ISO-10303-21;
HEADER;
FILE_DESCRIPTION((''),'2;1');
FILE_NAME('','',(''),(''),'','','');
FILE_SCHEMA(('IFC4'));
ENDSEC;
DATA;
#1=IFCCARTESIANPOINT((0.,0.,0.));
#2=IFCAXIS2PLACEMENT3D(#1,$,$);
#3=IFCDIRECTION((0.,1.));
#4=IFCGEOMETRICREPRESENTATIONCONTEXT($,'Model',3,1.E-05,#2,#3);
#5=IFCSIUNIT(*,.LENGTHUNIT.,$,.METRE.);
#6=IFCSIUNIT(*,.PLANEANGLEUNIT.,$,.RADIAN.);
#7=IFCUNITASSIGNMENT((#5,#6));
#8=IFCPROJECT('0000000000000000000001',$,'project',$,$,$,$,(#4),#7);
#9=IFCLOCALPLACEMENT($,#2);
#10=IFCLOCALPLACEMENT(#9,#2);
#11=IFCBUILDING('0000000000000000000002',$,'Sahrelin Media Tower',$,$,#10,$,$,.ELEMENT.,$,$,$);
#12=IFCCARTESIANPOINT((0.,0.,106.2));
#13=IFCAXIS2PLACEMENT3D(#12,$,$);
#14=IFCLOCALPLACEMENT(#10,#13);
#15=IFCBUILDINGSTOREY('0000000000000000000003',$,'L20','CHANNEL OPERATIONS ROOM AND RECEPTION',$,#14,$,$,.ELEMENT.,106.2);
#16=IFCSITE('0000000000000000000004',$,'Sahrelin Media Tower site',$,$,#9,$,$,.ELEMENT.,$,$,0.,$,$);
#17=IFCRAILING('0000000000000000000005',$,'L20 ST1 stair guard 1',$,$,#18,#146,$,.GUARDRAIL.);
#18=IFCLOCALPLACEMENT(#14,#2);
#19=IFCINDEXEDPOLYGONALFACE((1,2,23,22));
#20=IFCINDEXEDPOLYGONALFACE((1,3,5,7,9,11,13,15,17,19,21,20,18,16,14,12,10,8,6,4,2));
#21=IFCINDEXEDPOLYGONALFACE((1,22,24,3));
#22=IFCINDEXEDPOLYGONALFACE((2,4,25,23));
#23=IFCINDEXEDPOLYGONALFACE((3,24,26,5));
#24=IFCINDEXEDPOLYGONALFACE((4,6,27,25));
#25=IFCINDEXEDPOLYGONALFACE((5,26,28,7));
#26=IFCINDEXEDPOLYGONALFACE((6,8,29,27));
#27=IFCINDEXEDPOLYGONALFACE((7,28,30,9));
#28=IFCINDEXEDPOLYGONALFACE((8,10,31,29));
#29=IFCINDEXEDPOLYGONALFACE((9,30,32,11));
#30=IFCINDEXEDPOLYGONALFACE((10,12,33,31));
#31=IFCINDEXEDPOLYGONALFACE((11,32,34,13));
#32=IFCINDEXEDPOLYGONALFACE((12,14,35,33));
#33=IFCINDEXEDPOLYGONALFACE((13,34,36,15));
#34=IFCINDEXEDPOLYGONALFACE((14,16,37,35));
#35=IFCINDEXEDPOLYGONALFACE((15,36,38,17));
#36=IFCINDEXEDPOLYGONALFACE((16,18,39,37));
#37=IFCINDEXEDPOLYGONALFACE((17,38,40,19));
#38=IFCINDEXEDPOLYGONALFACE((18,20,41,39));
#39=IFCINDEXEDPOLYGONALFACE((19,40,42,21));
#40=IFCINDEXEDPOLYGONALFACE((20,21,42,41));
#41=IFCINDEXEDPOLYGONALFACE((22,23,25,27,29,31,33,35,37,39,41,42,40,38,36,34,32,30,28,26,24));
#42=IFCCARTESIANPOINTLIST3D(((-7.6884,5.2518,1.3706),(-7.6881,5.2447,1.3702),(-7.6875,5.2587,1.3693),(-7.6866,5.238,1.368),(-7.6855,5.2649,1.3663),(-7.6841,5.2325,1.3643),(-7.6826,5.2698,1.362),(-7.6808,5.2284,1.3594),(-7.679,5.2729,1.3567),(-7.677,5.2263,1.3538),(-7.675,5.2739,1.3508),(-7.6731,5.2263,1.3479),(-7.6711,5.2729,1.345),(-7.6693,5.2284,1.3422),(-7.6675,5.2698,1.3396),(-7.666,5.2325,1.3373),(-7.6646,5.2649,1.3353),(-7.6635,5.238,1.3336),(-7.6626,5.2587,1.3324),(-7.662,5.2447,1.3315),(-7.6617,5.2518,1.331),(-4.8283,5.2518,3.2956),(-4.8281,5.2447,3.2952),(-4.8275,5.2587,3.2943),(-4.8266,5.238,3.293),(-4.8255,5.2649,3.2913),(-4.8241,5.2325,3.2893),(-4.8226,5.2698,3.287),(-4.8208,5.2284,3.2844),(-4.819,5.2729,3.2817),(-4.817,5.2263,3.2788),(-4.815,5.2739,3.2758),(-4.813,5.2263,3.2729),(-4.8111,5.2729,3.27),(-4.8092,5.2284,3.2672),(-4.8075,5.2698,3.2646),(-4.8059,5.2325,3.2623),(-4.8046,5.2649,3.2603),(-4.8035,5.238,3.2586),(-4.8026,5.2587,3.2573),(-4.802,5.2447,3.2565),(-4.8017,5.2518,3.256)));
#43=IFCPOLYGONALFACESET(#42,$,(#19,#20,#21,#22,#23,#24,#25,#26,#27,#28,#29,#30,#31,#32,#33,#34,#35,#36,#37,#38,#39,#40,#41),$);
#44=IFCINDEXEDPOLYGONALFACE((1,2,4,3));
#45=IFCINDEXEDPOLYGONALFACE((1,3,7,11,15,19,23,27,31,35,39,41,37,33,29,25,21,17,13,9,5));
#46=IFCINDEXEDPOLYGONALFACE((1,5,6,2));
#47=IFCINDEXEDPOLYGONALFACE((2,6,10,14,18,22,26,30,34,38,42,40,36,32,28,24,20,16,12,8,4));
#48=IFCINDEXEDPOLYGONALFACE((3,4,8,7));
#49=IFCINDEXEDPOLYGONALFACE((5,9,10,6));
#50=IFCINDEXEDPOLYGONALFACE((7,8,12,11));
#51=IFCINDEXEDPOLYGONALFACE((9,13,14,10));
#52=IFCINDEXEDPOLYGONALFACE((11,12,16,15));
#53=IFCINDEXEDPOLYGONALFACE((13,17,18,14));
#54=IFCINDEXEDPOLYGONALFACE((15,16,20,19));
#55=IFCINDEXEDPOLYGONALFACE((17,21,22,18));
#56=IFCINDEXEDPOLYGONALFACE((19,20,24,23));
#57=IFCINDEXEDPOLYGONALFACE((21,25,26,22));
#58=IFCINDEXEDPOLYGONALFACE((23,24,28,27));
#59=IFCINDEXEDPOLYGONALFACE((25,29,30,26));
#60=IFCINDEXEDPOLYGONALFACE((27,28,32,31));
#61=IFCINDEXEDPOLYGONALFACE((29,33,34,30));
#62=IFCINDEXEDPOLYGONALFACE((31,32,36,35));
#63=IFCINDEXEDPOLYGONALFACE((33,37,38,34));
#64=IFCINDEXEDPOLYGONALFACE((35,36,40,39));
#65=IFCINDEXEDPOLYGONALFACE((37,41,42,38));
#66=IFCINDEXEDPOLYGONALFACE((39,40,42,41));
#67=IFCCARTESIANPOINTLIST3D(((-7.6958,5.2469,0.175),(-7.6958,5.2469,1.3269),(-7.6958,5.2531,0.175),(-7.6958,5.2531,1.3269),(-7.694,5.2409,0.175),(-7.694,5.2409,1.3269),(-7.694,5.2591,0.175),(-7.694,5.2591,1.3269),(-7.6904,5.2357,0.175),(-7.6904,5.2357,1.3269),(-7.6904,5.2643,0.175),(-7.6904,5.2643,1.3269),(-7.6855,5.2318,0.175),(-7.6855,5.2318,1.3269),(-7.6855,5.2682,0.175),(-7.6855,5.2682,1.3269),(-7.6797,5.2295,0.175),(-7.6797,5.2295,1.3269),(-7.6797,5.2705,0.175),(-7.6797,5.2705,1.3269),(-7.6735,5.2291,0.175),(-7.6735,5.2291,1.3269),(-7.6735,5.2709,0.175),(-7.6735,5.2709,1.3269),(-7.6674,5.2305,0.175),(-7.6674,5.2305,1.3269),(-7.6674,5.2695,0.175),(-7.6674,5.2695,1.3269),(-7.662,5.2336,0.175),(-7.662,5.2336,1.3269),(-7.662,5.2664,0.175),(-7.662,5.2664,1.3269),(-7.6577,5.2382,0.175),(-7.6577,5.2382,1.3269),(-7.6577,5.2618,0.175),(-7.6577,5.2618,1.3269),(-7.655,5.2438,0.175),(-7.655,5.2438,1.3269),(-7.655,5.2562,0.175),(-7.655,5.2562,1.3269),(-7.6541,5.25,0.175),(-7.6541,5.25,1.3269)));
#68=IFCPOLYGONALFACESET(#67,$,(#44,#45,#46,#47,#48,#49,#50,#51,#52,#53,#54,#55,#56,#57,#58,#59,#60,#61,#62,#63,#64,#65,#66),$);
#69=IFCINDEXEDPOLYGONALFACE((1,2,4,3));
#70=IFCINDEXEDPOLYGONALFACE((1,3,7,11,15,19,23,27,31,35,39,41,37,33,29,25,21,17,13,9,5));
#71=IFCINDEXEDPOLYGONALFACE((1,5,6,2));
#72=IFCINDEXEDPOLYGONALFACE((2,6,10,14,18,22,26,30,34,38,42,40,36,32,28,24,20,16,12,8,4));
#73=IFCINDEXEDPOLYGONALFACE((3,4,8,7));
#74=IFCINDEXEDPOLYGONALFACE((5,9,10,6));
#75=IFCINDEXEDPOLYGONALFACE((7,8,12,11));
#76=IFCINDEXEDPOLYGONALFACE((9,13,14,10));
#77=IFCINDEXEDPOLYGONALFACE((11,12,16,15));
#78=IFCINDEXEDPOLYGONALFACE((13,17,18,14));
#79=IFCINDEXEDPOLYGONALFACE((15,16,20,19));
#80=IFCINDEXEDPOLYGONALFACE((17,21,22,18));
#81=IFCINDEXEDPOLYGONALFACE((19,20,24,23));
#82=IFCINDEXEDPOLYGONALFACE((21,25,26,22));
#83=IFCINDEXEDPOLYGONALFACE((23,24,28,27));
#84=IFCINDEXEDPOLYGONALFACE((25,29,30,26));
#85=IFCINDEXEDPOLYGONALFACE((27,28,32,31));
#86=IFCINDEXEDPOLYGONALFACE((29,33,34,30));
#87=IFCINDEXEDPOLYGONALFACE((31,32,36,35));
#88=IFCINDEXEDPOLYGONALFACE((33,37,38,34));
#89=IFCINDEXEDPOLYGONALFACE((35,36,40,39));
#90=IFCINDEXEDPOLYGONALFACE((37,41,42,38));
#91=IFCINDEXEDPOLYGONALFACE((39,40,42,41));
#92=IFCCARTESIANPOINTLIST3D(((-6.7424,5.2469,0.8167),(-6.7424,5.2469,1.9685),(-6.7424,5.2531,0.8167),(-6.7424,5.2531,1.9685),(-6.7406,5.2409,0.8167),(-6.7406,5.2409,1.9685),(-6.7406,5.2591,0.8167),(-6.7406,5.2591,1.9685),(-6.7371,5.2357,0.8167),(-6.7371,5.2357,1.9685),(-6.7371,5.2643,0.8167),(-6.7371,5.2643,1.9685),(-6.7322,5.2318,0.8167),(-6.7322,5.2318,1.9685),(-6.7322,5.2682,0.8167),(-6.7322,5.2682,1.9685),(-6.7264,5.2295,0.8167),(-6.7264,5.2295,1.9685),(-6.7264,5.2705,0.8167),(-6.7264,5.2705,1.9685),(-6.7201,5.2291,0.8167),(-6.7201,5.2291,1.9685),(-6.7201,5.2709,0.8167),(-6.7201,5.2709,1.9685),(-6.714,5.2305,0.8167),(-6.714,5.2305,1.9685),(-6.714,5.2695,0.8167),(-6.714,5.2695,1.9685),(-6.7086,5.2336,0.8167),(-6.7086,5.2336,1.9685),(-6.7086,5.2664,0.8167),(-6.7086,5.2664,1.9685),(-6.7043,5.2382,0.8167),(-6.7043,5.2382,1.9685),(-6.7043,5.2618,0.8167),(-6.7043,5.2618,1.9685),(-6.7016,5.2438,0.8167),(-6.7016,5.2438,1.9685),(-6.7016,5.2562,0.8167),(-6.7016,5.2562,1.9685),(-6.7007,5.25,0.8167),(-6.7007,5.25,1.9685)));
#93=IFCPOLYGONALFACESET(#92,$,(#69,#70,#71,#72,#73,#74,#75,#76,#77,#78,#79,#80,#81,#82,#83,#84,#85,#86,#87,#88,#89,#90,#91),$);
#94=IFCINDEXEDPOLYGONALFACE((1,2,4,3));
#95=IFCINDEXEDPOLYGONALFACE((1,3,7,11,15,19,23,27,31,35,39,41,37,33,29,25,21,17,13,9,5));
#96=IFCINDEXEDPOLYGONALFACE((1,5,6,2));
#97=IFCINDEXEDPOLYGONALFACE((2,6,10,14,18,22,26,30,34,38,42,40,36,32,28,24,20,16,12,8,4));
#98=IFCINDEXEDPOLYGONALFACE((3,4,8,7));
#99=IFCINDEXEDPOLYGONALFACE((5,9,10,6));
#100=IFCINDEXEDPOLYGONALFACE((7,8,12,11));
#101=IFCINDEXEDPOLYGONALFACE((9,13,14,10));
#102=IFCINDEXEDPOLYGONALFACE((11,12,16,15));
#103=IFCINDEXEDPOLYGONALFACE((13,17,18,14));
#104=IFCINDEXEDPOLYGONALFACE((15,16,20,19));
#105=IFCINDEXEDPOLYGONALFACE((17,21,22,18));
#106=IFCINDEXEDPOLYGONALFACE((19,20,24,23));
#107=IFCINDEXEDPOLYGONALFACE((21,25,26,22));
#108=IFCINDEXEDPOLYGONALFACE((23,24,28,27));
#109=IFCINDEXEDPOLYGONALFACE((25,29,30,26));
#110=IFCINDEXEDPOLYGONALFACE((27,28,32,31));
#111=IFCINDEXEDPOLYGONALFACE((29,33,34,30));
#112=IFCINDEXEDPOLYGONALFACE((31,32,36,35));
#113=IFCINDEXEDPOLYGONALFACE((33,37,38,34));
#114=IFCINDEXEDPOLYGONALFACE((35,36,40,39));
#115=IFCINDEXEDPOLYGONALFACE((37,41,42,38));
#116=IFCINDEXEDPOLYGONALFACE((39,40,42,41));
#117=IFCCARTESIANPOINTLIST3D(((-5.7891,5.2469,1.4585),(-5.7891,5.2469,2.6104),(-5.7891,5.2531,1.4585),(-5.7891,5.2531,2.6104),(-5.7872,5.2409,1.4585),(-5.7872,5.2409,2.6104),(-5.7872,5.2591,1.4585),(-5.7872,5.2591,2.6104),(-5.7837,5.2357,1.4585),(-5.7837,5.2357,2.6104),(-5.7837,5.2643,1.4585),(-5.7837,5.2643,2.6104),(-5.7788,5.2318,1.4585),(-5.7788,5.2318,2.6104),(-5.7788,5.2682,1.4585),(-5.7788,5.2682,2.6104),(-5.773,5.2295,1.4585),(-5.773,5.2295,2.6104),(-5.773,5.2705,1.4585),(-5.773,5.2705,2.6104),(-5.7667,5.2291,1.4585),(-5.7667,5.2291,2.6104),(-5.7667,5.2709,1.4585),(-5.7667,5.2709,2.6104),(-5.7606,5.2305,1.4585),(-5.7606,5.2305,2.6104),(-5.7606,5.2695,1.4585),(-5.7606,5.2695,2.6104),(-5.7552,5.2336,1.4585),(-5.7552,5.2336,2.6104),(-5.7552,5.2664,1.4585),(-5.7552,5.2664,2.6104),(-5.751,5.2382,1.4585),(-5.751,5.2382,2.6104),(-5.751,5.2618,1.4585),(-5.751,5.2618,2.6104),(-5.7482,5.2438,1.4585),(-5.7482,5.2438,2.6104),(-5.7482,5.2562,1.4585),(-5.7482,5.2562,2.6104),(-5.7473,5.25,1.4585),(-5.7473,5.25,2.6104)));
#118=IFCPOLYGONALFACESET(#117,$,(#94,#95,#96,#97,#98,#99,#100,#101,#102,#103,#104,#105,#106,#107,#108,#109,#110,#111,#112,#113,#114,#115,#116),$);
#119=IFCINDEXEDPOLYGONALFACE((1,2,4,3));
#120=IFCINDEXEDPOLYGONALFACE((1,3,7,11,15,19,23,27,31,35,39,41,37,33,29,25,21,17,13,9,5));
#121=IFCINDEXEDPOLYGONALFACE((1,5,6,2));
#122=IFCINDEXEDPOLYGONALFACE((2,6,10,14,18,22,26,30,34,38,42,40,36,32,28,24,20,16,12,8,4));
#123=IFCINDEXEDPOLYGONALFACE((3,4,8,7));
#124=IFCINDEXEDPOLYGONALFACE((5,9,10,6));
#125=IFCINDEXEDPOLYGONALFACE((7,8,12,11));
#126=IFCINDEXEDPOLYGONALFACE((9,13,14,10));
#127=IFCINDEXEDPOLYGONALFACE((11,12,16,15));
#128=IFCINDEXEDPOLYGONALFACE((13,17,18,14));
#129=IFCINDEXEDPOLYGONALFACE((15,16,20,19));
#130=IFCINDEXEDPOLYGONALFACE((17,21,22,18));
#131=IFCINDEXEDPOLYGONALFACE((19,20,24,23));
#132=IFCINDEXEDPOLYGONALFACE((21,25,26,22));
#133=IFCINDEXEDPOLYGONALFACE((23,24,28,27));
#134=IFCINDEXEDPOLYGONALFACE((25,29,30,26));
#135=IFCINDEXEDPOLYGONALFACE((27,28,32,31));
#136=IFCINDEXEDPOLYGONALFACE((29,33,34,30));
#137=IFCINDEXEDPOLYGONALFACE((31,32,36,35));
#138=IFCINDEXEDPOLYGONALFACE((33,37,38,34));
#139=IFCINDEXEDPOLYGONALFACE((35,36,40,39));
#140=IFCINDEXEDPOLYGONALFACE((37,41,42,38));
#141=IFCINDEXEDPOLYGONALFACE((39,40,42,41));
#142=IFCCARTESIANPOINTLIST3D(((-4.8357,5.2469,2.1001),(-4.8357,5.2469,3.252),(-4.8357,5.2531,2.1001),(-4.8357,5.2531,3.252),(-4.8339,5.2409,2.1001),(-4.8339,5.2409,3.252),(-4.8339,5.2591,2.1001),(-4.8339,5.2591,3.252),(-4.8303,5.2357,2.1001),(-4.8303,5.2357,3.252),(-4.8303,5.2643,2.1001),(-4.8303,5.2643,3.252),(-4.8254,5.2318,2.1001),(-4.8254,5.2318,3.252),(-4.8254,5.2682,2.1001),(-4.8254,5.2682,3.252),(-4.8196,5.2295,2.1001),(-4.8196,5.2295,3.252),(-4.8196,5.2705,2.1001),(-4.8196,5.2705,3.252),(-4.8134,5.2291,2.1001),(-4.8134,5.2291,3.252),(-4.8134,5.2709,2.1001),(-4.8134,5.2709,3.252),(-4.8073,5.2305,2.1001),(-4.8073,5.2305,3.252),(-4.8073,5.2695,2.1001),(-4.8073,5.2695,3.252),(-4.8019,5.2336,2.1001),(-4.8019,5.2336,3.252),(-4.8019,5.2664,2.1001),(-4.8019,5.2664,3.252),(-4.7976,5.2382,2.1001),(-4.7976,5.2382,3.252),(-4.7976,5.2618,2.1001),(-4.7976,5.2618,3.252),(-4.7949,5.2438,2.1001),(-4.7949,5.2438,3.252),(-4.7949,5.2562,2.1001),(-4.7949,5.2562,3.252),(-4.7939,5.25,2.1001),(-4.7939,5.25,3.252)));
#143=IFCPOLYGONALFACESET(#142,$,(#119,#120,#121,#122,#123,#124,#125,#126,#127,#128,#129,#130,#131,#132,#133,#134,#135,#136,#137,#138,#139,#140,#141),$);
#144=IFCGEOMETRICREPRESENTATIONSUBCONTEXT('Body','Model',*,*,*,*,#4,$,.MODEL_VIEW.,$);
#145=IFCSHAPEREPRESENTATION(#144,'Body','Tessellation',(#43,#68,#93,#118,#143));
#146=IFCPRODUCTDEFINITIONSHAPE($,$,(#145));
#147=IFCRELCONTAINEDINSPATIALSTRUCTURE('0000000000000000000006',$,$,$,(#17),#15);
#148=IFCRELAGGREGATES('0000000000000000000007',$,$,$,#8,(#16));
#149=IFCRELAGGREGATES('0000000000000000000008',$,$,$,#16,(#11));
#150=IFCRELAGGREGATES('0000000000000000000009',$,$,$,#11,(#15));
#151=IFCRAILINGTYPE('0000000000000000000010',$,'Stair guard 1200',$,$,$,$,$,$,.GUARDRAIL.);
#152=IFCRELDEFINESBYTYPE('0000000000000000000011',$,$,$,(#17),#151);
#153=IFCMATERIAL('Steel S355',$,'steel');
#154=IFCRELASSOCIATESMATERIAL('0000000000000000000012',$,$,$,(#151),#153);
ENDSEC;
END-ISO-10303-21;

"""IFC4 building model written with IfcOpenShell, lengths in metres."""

from ifc_helpers import new_model, si_unit, direction, frame, origin, origin_2d, place, context, subcontext, project, spatial, circle, extrude, material, type_object, element, save


model = new_model("IFC4")

# Units and contexts
model_context = context("Model", 3, precision=1e-05, world=origin(), true_north=direction((0.0, 1.0)))
body_context = subcontext(model_context, "Body", "Model", "MODEL_VIEW")
ifc_project = project(units=[si_unit("LENGTHUNIT", "METRE"), si_unit("PLANEANGLEUNIT", "RADIAN")], contexts=[model_context])

# Site, building, storey
site_placement = place(None, origin())
site = spatial("IfcSite", under=ifc_project, at=site_placement, Name="Sahrelin Media Tower site", CompositionType="ELEMENT", RefElevation=0.0)
building_placement = place(site_placement, origin())
building = spatial("IfcBuilding", under=site, at=building_placement, Name="Sahrelin Media Tower", CompositionType="ELEMENT")
storey_placement = place(building_placement, frame((0.0, 0.0, 106.2)))
storey = spatial("IfcBuildingStorey", under=building, at=storey_placement, Name="L20", Description="CHANNEL OPERATIONS ROOM AND RECEPTION", CompositionType="ELEMENT", Elevation=106.2)

# Shared definitions
ifc_material_1 = material(Name="Steel S355", Category="steel")

# Railing
railing_type_1 = type_object("IfcRailingType", Name="Stair guard 1200", PredefinedType="GUARDRAIL", material=ifc_material_1)
railing_1_placement = place(storey_placement, frame((-7.675, 5.25, 0.175)))
element("IfcRailing", 1, at=railing_1_placement, inside=storey, type_object=railing_type_1, Name="L20 ST1 stair guard 1", PredefinedType="GUARDRAIL", context=body_context, shape_type="SweptSolid", body=[
    extrude(circle(Radius=0.0239, at=origin_2d()), frame((0.0, 0.0, 1.1758), z_axis=(0.829591, 0.0, 0.558372), x_axis=(0.0, 1.0, 0.0)), (0.0, 0.0, 1.0), 3.4475),
    extrude(circle(Radius=0.021, at=origin_2d()), origin(), (0.0, 0.0, 1.0), 1.1519),
    extrude(circle(Radius=0.021, at=origin_2d()), frame((0.9534, 0.0, 0.6416)), (0.0, 0.0, 1.0), 1.1519),
    extrude(circle(Radius=0.021, at=origin_2d()), frame((1.9067, 0.0, 1.2834)), (0.0, 0.0, 1.0), 1.1519),
    extrude(circle(Radius=0.021, at=origin_2d()), frame((2.8601, 0.0, 1.925)), (0.0, 0.0, 1.0), 1.1519),
])

save(model, "model.ifc")
